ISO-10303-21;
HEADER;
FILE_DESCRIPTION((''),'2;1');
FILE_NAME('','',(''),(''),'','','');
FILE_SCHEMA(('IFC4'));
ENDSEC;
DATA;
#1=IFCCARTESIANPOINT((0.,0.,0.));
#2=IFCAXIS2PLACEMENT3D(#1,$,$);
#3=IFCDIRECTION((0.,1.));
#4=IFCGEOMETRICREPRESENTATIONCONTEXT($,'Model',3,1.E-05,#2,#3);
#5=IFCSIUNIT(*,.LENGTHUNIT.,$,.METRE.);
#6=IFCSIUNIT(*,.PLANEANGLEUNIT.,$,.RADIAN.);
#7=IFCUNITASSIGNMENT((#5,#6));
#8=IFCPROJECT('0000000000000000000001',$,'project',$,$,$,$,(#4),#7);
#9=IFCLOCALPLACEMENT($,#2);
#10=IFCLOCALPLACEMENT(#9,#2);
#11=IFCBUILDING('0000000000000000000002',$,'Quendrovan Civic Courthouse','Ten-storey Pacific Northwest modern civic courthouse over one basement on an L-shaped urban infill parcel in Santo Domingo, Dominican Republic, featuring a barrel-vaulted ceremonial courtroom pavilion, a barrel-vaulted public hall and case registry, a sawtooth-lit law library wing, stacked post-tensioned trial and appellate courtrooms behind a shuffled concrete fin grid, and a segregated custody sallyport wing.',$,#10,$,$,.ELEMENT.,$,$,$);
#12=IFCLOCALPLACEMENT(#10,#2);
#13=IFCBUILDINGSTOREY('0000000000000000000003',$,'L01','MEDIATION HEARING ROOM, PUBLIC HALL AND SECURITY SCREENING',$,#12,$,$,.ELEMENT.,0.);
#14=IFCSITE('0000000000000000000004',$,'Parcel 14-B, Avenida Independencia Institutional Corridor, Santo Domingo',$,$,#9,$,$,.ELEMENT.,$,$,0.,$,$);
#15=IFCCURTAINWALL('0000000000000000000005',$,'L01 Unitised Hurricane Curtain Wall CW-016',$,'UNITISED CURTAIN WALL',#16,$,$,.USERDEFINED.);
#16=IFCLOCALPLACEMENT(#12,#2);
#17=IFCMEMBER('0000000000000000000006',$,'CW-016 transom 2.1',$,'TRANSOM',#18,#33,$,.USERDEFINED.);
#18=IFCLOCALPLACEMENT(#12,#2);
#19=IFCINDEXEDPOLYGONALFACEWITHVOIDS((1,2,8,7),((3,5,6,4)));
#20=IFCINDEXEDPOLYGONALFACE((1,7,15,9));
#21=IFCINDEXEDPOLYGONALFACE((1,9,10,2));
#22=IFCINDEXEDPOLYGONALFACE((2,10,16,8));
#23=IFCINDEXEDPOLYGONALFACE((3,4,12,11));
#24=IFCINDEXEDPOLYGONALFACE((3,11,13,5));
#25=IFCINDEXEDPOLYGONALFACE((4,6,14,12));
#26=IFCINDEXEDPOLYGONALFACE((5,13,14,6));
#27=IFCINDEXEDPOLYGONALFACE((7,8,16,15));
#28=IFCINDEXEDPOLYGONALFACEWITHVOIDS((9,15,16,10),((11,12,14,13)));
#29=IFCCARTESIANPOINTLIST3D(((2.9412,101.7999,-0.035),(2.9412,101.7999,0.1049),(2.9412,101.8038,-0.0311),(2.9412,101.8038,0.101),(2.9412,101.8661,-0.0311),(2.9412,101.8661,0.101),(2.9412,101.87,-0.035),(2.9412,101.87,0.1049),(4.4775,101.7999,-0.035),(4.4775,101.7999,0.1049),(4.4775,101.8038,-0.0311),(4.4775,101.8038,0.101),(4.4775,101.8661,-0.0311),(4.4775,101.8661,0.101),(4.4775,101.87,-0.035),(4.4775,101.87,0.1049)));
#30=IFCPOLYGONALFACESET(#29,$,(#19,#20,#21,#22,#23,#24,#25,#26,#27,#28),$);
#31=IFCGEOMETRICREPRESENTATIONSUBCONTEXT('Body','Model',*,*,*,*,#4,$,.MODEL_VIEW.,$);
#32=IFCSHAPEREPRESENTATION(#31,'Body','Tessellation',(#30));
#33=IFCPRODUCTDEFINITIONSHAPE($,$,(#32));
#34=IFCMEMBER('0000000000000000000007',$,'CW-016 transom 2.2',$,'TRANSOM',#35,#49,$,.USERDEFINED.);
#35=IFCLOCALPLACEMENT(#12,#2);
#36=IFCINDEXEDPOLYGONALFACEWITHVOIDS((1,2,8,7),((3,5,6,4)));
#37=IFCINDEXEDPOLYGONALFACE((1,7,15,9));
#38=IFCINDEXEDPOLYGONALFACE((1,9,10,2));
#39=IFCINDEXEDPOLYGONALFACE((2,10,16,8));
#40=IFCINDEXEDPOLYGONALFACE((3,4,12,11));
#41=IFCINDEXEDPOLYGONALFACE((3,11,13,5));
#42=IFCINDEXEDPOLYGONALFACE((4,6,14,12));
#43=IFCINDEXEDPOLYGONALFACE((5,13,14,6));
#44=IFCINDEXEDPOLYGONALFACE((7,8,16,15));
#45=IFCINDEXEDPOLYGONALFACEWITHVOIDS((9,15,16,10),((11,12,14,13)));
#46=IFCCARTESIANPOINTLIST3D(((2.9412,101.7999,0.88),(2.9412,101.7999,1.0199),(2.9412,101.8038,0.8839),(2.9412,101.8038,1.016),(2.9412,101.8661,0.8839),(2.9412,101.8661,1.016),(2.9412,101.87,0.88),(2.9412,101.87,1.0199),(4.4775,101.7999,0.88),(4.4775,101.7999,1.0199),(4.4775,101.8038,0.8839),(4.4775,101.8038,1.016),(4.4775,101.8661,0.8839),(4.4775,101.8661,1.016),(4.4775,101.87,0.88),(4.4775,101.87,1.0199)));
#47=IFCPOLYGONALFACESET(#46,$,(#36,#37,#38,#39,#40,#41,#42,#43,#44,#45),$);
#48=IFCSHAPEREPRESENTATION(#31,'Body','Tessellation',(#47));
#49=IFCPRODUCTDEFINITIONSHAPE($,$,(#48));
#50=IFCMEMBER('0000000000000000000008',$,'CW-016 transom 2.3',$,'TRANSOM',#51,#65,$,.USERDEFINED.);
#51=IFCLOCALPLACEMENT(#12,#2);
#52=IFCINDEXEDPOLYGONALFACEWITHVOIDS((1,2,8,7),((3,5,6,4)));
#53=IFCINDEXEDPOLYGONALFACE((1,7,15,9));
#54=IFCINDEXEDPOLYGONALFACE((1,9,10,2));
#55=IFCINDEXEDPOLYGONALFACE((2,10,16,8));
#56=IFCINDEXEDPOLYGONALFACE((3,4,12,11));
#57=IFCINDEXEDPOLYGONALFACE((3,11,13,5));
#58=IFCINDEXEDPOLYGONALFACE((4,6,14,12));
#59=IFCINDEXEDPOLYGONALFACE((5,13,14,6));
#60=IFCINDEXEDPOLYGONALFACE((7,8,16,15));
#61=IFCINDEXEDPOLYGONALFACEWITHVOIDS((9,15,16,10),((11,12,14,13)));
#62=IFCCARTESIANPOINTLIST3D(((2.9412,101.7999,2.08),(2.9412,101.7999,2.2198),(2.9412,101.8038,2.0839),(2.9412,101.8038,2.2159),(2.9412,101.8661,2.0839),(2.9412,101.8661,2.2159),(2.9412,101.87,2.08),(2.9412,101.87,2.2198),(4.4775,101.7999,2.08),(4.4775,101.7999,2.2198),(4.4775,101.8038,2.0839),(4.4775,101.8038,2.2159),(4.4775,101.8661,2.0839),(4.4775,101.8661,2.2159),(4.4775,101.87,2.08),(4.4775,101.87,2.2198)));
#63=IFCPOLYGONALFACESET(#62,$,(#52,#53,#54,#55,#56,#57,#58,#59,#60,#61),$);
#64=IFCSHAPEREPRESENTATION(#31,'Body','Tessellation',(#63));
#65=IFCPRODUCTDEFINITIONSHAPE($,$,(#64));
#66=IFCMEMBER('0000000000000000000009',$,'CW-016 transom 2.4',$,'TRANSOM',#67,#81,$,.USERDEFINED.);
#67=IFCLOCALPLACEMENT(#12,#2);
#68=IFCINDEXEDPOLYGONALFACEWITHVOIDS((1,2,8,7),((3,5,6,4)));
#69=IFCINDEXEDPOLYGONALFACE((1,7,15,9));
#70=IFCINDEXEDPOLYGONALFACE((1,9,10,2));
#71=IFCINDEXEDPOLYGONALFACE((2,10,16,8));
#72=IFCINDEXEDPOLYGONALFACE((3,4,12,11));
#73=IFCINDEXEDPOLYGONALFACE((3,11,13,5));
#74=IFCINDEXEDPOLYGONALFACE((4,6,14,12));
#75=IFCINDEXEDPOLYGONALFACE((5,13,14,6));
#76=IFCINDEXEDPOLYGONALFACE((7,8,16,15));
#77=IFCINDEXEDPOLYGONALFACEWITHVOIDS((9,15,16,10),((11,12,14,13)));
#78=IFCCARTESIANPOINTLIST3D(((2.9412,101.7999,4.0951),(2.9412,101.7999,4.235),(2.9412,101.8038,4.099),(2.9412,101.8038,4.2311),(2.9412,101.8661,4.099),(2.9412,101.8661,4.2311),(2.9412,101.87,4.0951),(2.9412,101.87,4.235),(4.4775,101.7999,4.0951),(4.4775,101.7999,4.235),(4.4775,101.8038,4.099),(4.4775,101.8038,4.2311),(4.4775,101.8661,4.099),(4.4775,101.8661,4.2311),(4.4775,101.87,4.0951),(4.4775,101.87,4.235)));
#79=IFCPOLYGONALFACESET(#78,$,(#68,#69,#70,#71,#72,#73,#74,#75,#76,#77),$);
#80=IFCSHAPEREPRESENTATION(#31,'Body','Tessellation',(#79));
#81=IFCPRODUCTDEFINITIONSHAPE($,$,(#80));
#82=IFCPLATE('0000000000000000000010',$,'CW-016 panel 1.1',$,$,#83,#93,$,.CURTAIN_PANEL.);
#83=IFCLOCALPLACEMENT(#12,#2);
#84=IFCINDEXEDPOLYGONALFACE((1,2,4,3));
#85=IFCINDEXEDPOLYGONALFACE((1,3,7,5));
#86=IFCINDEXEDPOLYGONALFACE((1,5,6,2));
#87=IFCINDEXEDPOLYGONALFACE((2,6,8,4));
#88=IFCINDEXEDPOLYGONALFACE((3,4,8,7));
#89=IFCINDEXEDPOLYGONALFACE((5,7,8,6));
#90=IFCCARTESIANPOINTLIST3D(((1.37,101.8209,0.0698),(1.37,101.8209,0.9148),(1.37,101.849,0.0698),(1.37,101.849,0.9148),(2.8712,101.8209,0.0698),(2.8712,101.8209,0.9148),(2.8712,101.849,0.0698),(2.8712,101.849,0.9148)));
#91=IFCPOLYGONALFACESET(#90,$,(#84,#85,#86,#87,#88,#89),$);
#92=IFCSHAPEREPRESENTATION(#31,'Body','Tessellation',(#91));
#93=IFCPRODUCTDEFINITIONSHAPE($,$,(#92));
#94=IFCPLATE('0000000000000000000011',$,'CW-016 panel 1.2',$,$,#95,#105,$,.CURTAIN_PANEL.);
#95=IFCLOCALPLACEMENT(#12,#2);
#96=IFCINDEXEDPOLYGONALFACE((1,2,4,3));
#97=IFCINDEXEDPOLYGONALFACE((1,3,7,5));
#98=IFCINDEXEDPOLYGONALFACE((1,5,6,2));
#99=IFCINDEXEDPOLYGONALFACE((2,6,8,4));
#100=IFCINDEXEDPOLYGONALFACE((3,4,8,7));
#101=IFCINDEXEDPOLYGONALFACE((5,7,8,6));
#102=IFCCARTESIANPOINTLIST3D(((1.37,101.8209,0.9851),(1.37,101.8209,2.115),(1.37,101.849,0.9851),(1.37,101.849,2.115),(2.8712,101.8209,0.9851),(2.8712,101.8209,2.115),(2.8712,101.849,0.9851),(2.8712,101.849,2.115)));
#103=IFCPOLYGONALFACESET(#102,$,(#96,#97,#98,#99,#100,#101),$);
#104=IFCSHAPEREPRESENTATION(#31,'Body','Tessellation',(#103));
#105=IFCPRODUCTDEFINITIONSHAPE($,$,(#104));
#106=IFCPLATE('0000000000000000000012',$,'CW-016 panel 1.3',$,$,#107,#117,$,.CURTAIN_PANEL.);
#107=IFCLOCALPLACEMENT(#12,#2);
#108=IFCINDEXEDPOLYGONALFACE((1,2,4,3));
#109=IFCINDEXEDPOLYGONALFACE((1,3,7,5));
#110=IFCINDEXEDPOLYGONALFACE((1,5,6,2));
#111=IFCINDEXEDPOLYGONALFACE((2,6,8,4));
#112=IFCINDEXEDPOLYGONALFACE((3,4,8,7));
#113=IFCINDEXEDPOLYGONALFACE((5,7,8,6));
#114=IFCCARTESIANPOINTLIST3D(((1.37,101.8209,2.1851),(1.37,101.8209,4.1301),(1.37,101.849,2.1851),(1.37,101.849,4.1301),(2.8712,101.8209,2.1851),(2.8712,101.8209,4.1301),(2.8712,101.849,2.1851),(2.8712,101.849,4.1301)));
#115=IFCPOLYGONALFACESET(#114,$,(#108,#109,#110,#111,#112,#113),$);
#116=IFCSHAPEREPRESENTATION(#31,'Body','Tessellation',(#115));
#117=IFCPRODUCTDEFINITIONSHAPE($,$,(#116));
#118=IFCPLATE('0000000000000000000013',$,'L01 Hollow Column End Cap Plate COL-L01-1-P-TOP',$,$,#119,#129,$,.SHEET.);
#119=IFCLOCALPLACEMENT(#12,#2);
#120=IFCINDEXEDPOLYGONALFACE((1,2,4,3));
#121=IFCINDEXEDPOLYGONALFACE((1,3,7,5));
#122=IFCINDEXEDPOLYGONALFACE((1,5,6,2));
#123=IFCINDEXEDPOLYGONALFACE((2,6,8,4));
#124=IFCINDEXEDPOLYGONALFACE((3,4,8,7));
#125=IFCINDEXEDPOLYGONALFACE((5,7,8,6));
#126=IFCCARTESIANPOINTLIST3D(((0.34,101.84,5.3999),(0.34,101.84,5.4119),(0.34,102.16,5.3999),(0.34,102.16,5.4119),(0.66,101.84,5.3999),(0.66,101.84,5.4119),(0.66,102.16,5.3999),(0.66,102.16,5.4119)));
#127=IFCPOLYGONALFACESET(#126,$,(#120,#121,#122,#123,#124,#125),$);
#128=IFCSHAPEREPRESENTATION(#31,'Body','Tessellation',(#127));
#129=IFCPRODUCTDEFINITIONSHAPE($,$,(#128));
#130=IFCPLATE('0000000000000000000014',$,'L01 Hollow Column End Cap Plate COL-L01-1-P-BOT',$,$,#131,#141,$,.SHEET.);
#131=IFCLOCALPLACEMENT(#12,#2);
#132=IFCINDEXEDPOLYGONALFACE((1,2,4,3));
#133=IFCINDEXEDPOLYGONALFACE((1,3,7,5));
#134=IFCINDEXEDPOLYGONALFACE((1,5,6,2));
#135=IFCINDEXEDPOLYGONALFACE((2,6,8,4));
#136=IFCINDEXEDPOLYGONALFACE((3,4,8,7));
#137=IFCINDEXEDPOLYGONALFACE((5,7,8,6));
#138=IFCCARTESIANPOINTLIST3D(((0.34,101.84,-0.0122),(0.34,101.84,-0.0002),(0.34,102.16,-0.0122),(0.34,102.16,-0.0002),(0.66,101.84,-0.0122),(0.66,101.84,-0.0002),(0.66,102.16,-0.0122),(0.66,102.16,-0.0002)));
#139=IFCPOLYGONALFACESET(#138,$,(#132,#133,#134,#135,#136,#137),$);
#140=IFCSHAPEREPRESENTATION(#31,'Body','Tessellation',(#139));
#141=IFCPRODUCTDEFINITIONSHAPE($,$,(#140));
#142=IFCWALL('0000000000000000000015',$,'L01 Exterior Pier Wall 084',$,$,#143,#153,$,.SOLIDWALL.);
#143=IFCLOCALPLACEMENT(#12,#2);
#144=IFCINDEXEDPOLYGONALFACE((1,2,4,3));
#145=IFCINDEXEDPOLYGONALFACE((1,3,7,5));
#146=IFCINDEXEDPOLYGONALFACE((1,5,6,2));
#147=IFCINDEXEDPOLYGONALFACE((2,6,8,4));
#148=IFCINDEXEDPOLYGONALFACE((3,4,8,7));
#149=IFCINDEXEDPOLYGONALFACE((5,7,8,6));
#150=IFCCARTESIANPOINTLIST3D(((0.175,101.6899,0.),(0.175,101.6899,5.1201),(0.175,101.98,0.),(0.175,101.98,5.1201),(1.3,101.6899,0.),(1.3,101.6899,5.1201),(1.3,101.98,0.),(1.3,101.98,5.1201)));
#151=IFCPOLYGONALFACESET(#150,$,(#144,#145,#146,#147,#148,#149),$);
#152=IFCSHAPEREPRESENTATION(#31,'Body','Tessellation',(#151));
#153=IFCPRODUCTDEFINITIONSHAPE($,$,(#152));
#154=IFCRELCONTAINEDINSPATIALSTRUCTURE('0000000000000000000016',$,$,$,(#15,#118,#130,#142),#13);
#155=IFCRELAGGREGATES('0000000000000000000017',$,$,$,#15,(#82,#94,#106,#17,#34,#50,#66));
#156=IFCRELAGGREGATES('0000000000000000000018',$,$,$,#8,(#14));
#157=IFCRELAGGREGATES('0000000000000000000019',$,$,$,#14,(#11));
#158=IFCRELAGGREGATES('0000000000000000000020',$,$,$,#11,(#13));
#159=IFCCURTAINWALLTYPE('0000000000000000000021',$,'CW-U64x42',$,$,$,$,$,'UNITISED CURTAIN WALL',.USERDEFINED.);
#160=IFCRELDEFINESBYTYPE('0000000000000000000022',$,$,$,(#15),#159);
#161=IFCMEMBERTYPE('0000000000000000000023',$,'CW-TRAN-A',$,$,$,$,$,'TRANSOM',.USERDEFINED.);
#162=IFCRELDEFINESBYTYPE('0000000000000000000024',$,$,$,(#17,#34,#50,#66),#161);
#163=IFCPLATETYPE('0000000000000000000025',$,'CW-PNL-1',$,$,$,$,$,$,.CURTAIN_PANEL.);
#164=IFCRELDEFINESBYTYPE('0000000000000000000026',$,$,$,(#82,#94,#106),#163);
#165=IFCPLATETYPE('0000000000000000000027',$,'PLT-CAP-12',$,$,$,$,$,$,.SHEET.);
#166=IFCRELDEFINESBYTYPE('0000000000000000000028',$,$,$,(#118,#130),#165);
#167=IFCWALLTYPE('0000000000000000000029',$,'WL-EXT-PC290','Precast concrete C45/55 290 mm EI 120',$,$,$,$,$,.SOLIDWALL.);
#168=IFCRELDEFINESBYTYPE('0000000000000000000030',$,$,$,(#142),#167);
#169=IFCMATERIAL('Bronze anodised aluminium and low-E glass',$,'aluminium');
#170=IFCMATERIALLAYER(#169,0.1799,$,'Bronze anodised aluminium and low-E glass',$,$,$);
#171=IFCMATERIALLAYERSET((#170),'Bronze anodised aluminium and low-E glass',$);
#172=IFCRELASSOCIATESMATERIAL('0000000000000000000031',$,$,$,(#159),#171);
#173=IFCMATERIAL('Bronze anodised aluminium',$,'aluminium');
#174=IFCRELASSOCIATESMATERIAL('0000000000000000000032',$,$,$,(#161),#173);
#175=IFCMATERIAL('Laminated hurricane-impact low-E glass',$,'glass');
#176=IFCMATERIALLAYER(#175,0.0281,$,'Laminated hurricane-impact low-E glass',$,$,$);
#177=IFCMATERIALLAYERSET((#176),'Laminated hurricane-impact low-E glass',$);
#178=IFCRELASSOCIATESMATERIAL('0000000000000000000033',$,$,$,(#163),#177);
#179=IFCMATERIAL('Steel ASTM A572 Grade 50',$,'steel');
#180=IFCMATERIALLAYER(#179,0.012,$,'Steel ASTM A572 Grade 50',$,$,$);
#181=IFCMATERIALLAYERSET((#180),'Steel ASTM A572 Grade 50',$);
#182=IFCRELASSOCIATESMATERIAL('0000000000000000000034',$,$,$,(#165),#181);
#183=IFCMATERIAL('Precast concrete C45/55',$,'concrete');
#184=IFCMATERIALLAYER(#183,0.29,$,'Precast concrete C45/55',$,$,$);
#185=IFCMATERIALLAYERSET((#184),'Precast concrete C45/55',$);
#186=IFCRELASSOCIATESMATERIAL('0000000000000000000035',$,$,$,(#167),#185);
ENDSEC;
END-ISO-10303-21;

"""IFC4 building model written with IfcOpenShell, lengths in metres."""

from ifc_helpers import new_model, si_unit, direction, frame, frame_2d, origin, origin_2d, place, context, subcontext, project, spatial, rectangle, hollow_rectangle, extrude, material, layer, layer_set, material_profile, profile_set, type_object, element, aggregate, save


model = new_model("IFC4")

# Units and contexts
model_context = context("Model", 3, precision=1e-05, world=origin(), true_north=direction((0.0, 1.0)))
body_context = subcontext(model_context, "Body", "Model", "MODEL_VIEW")
ifc_project = project(units=[si_unit("LENGTHUNIT", "METRE"), si_unit("PLANEANGLEUNIT", "RADIAN")], contexts=[model_context])

# Site, building, storey
site_placement = place(None, origin())
site = spatial("IfcSite", under=ifc_project, at=site_placement, Name="Parcel 14-B, Avenida Independencia Institutional Corridor, Santo Domingo", CompositionType="ELEMENT", RefElevation=0.0)
building_placement = place(site_placement, origin())
building = spatial("IfcBuilding", under=site, at=building_placement, Name="Quendrovan Civic Courthouse", Description="Ten-storey Pacific Northwest modern civic courthouse over one basement on an L-shaped urban infill parcel in Santo Domingo, Dominican Republic, featuring a barrel-vaulted ceremonial courtroom pavilion, a barrel-vaulted public hall and case registry, a sawtooth-lit law library wing, stacked post-tensioned trial and appellate courtrooms behind a shuffled concrete fin grid, and a segregated custody sallyport wing.", CompositionType="ELEMENT")
storey_placement = place(building_placement, origin())
storey = spatial("IfcBuildingStorey", under=building, at=storey_placement, Name="L01", Description="MEDIATION HEARING ROOM, PUBLIC HALL AND SECURITY SCREENING", CompositionType="ELEMENT", Elevation=0.0)

# Curtain wall, members, plates
ifc_material_1 = material(Name="Bronze anodised aluminium and low-E glass", Category="aluminium")
ifc_layer_1 = layer(ifc_material_1, 0.1799, Name="Bronze anodised aluminium and low-E glass")
ifc_layer_set_1 = layer_set([ifc_layer_1], Name="Bronze anodised aluminium and low-E glass")
curtain_wall_type = type_object("IfcCurtainWallType", Name="CW-U64x42", ElementType="UNITISED CURTAIN WALL", PredefinedType="USERDEFINED", material=ifc_layer_set_1)
curtain_wall_placement = place(storey_placement, origin())
curtain_wall = element("IfcCurtainWall", 1, at=curtain_wall_placement, inside=storey, type_object=curtain_wall_type, Name="L01 Unitised Hurricane Curtain Wall CW-016", ObjectType="UNITISED CURTAIN WALL", PredefinedType="USERDEFINED")
ifc_material_2 = material(Name="Bronze anodised aluminium", Category="aluminium")
ifc_material_profile_1 = material_profile(ifc_material_2, hollow_rectangle(XDim=0.0701, YDim=0.1399, WallThickness=0.0039, at=origin_2d()), Name="CW-TRAN-70x140")
ifc_profile_set_1 = profile_set([ifc_material_profile_1], Name="Bronze anodised aluminium")
member_type_1 = type_object("IfcMemberType", Name="CW-TRAN-A", ElementType="TRANSOM", PredefinedType="USERDEFINED", material=ifc_profile_set_1)
member_1_placement = place(storey_placement, frame((2.9412, 101.835, 0.0349), z_axis=(1.0, 0.0, 0.0), x_axis=(0.0, 1.0, 0.0)))
member_1 = element("IfcMember", 2, at=member_1_placement, type_object=member_type_1, Name="CW-016 transom 2.1", ObjectType="TRANSOM", PredefinedType="USERDEFINED", context=body_context, shape_type="SweptSolid", body=[
    extrude(hollow_rectangle(XDim=0.0701, YDim=0.1399, WallThickness=0.0039, at=origin_2d()), origin(), (0.0, 0.0, 1.0), 1.5364),
])
member_2_placement = place(storey_placement, frame((2.9412, 101.835, 0.95), z_axis=(1.0, 0.0, 0.0), x_axis=(0.0, 1.0, 0.0)))
member_2 = element("IfcMember", 3, at=member_2_placement, type_object=member_type_1, Name="CW-016 transom 2.2", ObjectType="TRANSOM", PredefinedType="USERDEFINED", context=body_context, shape_type="SweptSolid", body=[
    extrude(hollow_rectangle(XDim=0.0701, YDim=0.1399, WallThickness=0.0039, at=origin_2d()), origin(), (0.0, 0.0, 1.0), 1.5364),
])
member_3_placement = place(storey_placement, frame((2.9412, 101.835, 2.1499), z_axis=(1.0, 0.0, 0.0), x_axis=(0.0, 1.0, 0.0)))
member_3 = element("IfcMember", 4, at=member_3_placement, type_object=member_type_1, Name="CW-016 transom 2.3", ObjectType="TRANSOM", PredefinedType="USERDEFINED", context=body_context, shape_type="SweptSolid", body=[
    extrude(hollow_rectangle(XDim=0.0701, YDim=0.1399, WallThickness=0.0039, at=origin_2d()), origin(), (0.0, 0.0, 1.0), 1.5364),
])
member_4_placement = place(storey_placement, frame((2.9412, 101.835, 4.165), z_axis=(1.0, 0.0, 0.0), x_axis=(0.0, 1.0, 0.0)))
member_4 = element("IfcMember", 5, at=member_4_placement, type_object=member_type_1, Name="CW-016 transom 2.4", ObjectType="TRANSOM", PredefinedType="USERDEFINED", context=body_context, shape_type="SweptSolid", body=[
    extrude(hollow_rectangle(XDim=0.0701, YDim=0.1399, WallThickness=0.0039, at=origin_2d()), origin(), (0.0, 0.0, 1.0), 1.5364),
])
ifc_material_3 = material(Name="Laminated hurricane-impact low-E glass", Category="glass")
ifc_layer_2 = layer(ifc_material_3, 0.0281, Name="Laminated hurricane-impact low-E glass")
ifc_layer_set_2 = layer_set([ifc_layer_2], Name="Laminated hurricane-impact low-E glass")
plate_type_1 = type_object("IfcPlateType", Name="CW-PNL-1", PredefinedType="CURTAIN_PANEL", material=ifc_layer_set_2)
plate_1_placement = place(storey_placement, frame((2.1206, 101.835, 0.0698), z_axis=(0.0, 0.0, 1.0), x_axis=(1.0, 0.0, 0.0)))
plate_1 = element("IfcPlate", 6, at=plate_1_placement, type_object=plate_type_1, Name="CW-016 panel 1.1", PredefinedType="CURTAIN_PANEL", context=body_context, shape_type="SweptSolid", body=[
    extrude(rectangle(XDim=1.5012, YDim=0.0281, at=origin_2d()), origin(), (0.0, 0.0, 1.0), 0.845),
])
plate_2_placement = place(storey_placement, frame((2.1206, 101.835, 0.9851), z_axis=(0.0, 0.0, 1.0), x_axis=(1.0, 0.0, 0.0)))
plate_2 = element("IfcPlate", 7, at=plate_2_placement, type_object=plate_type_1, Name="CW-016 panel 1.2", PredefinedType="CURTAIN_PANEL", context=body_context, shape_type="SweptSolid", body=[
    extrude(rectangle(XDim=1.5012, YDim=0.0281, at=origin_2d()), origin(), (0.0, 0.0, 1.0), 1.1299),
])
plate_3_placement = place(storey_placement, frame((2.1206, 101.835, 2.1851), z_axis=(0.0, 0.0, 1.0), x_axis=(1.0, 0.0, 0.0)))
plate_3 = element("IfcPlate", 8, at=plate_3_placement, type_object=plate_type_1, Name="CW-016 panel 1.3", PredefinedType="CURTAIN_PANEL", context=body_context, shape_type="SweptSolid", body=[
    extrude(rectangle(XDim=1.5012, YDim=0.0281, at=origin_2d()), origin(), (0.0, 0.0, 1.0), 1.9451),
])
aggregate(curtain_wall, [plate_1, plate_2, plate_3, member_1, member_2, member_3, member_4])

# Plates
ifc_material_4 = material(Name="Steel ASTM A572 Grade 50", Category="steel")
ifc_layer_3 = layer(ifc_material_4, 0.012, Name="Steel ASTM A572 Grade 50")
ifc_layer_set_3 = layer_set([ifc_layer_3], Name="Steel ASTM A572 Grade 50")
plate_type_2 = type_object("IfcPlateType", Name="PLT-CAP-12", PredefinedType="SHEET", material=ifc_layer_set_3)
for number, where, z_axis, x_axis, name in (
    (9, (0.5, 102.0, 5.3999), (0.0, 0.0, 1.0), (1.0, 0.0, 0.0), "L01 Hollow Column End Cap Plate COL-L01-1-P-TOP"),
    (10, (0.5, 102.0, -0.0122), (0.0, 0.0, 1.0), (1.0, 0.0, 0.0), "L01 Hollow Column End Cap Plate COL-L01-1-P-BOT"),
):
    element("IfcPlate", number, at=place(storey_placement, frame(where, z_axis=z_axis, x_axis=x_axis)), inside=storey, type_object=plate_type_2, Name=name, PredefinedType="SHEET", context=body_context, shape_type="SweptSolid", body=[
        extrude(rectangle(XDim=0.3201, YDim=0.3201, at=origin_2d()), origin(), (0.0, 0.0, 1.0), 0.012),
    ])

# Wall
ifc_material_5 = material(Name="Precast concrete C45/55", Category="concrete")
ifc_layer_4 = layer(ifc_material_5, 0.29, Name="Precast concrete C45/55")
ifc_layer_set_4 = layer_set([ifc_layer_4], Name="Precast concrete C45/55")
wall_type = type_object("IfcWallType", Name="WL-EXT-PC290", Description="Precast concrete C45/55 290 mm EI 120", PredefinedType="SOLIDWALL", material=ifc_layer_set_4)
wall_placement = place(storey_placement, frame((0.175, 101.835, 0.0), z_axis=(0.0, 0.0, 1.0), x_axis=(1.0, 0.0, 0.0)))
element("IfcWall", 11, at=wall_placement, inside=storey, type_object=wall_type, Name="L01 Exterior Pier Wall 084", PredefinedType="SOLIDWALL", context=body_context, shape_type="SweptSolid", body=[
    extrude(rectangle(XDim=1.125, YDim=0.29, at=frame_2d((0.5625, 0.0))), origin(), (0.0, 0.0, 1.0), 5.1201),
])

save(model, "model.ifc")
